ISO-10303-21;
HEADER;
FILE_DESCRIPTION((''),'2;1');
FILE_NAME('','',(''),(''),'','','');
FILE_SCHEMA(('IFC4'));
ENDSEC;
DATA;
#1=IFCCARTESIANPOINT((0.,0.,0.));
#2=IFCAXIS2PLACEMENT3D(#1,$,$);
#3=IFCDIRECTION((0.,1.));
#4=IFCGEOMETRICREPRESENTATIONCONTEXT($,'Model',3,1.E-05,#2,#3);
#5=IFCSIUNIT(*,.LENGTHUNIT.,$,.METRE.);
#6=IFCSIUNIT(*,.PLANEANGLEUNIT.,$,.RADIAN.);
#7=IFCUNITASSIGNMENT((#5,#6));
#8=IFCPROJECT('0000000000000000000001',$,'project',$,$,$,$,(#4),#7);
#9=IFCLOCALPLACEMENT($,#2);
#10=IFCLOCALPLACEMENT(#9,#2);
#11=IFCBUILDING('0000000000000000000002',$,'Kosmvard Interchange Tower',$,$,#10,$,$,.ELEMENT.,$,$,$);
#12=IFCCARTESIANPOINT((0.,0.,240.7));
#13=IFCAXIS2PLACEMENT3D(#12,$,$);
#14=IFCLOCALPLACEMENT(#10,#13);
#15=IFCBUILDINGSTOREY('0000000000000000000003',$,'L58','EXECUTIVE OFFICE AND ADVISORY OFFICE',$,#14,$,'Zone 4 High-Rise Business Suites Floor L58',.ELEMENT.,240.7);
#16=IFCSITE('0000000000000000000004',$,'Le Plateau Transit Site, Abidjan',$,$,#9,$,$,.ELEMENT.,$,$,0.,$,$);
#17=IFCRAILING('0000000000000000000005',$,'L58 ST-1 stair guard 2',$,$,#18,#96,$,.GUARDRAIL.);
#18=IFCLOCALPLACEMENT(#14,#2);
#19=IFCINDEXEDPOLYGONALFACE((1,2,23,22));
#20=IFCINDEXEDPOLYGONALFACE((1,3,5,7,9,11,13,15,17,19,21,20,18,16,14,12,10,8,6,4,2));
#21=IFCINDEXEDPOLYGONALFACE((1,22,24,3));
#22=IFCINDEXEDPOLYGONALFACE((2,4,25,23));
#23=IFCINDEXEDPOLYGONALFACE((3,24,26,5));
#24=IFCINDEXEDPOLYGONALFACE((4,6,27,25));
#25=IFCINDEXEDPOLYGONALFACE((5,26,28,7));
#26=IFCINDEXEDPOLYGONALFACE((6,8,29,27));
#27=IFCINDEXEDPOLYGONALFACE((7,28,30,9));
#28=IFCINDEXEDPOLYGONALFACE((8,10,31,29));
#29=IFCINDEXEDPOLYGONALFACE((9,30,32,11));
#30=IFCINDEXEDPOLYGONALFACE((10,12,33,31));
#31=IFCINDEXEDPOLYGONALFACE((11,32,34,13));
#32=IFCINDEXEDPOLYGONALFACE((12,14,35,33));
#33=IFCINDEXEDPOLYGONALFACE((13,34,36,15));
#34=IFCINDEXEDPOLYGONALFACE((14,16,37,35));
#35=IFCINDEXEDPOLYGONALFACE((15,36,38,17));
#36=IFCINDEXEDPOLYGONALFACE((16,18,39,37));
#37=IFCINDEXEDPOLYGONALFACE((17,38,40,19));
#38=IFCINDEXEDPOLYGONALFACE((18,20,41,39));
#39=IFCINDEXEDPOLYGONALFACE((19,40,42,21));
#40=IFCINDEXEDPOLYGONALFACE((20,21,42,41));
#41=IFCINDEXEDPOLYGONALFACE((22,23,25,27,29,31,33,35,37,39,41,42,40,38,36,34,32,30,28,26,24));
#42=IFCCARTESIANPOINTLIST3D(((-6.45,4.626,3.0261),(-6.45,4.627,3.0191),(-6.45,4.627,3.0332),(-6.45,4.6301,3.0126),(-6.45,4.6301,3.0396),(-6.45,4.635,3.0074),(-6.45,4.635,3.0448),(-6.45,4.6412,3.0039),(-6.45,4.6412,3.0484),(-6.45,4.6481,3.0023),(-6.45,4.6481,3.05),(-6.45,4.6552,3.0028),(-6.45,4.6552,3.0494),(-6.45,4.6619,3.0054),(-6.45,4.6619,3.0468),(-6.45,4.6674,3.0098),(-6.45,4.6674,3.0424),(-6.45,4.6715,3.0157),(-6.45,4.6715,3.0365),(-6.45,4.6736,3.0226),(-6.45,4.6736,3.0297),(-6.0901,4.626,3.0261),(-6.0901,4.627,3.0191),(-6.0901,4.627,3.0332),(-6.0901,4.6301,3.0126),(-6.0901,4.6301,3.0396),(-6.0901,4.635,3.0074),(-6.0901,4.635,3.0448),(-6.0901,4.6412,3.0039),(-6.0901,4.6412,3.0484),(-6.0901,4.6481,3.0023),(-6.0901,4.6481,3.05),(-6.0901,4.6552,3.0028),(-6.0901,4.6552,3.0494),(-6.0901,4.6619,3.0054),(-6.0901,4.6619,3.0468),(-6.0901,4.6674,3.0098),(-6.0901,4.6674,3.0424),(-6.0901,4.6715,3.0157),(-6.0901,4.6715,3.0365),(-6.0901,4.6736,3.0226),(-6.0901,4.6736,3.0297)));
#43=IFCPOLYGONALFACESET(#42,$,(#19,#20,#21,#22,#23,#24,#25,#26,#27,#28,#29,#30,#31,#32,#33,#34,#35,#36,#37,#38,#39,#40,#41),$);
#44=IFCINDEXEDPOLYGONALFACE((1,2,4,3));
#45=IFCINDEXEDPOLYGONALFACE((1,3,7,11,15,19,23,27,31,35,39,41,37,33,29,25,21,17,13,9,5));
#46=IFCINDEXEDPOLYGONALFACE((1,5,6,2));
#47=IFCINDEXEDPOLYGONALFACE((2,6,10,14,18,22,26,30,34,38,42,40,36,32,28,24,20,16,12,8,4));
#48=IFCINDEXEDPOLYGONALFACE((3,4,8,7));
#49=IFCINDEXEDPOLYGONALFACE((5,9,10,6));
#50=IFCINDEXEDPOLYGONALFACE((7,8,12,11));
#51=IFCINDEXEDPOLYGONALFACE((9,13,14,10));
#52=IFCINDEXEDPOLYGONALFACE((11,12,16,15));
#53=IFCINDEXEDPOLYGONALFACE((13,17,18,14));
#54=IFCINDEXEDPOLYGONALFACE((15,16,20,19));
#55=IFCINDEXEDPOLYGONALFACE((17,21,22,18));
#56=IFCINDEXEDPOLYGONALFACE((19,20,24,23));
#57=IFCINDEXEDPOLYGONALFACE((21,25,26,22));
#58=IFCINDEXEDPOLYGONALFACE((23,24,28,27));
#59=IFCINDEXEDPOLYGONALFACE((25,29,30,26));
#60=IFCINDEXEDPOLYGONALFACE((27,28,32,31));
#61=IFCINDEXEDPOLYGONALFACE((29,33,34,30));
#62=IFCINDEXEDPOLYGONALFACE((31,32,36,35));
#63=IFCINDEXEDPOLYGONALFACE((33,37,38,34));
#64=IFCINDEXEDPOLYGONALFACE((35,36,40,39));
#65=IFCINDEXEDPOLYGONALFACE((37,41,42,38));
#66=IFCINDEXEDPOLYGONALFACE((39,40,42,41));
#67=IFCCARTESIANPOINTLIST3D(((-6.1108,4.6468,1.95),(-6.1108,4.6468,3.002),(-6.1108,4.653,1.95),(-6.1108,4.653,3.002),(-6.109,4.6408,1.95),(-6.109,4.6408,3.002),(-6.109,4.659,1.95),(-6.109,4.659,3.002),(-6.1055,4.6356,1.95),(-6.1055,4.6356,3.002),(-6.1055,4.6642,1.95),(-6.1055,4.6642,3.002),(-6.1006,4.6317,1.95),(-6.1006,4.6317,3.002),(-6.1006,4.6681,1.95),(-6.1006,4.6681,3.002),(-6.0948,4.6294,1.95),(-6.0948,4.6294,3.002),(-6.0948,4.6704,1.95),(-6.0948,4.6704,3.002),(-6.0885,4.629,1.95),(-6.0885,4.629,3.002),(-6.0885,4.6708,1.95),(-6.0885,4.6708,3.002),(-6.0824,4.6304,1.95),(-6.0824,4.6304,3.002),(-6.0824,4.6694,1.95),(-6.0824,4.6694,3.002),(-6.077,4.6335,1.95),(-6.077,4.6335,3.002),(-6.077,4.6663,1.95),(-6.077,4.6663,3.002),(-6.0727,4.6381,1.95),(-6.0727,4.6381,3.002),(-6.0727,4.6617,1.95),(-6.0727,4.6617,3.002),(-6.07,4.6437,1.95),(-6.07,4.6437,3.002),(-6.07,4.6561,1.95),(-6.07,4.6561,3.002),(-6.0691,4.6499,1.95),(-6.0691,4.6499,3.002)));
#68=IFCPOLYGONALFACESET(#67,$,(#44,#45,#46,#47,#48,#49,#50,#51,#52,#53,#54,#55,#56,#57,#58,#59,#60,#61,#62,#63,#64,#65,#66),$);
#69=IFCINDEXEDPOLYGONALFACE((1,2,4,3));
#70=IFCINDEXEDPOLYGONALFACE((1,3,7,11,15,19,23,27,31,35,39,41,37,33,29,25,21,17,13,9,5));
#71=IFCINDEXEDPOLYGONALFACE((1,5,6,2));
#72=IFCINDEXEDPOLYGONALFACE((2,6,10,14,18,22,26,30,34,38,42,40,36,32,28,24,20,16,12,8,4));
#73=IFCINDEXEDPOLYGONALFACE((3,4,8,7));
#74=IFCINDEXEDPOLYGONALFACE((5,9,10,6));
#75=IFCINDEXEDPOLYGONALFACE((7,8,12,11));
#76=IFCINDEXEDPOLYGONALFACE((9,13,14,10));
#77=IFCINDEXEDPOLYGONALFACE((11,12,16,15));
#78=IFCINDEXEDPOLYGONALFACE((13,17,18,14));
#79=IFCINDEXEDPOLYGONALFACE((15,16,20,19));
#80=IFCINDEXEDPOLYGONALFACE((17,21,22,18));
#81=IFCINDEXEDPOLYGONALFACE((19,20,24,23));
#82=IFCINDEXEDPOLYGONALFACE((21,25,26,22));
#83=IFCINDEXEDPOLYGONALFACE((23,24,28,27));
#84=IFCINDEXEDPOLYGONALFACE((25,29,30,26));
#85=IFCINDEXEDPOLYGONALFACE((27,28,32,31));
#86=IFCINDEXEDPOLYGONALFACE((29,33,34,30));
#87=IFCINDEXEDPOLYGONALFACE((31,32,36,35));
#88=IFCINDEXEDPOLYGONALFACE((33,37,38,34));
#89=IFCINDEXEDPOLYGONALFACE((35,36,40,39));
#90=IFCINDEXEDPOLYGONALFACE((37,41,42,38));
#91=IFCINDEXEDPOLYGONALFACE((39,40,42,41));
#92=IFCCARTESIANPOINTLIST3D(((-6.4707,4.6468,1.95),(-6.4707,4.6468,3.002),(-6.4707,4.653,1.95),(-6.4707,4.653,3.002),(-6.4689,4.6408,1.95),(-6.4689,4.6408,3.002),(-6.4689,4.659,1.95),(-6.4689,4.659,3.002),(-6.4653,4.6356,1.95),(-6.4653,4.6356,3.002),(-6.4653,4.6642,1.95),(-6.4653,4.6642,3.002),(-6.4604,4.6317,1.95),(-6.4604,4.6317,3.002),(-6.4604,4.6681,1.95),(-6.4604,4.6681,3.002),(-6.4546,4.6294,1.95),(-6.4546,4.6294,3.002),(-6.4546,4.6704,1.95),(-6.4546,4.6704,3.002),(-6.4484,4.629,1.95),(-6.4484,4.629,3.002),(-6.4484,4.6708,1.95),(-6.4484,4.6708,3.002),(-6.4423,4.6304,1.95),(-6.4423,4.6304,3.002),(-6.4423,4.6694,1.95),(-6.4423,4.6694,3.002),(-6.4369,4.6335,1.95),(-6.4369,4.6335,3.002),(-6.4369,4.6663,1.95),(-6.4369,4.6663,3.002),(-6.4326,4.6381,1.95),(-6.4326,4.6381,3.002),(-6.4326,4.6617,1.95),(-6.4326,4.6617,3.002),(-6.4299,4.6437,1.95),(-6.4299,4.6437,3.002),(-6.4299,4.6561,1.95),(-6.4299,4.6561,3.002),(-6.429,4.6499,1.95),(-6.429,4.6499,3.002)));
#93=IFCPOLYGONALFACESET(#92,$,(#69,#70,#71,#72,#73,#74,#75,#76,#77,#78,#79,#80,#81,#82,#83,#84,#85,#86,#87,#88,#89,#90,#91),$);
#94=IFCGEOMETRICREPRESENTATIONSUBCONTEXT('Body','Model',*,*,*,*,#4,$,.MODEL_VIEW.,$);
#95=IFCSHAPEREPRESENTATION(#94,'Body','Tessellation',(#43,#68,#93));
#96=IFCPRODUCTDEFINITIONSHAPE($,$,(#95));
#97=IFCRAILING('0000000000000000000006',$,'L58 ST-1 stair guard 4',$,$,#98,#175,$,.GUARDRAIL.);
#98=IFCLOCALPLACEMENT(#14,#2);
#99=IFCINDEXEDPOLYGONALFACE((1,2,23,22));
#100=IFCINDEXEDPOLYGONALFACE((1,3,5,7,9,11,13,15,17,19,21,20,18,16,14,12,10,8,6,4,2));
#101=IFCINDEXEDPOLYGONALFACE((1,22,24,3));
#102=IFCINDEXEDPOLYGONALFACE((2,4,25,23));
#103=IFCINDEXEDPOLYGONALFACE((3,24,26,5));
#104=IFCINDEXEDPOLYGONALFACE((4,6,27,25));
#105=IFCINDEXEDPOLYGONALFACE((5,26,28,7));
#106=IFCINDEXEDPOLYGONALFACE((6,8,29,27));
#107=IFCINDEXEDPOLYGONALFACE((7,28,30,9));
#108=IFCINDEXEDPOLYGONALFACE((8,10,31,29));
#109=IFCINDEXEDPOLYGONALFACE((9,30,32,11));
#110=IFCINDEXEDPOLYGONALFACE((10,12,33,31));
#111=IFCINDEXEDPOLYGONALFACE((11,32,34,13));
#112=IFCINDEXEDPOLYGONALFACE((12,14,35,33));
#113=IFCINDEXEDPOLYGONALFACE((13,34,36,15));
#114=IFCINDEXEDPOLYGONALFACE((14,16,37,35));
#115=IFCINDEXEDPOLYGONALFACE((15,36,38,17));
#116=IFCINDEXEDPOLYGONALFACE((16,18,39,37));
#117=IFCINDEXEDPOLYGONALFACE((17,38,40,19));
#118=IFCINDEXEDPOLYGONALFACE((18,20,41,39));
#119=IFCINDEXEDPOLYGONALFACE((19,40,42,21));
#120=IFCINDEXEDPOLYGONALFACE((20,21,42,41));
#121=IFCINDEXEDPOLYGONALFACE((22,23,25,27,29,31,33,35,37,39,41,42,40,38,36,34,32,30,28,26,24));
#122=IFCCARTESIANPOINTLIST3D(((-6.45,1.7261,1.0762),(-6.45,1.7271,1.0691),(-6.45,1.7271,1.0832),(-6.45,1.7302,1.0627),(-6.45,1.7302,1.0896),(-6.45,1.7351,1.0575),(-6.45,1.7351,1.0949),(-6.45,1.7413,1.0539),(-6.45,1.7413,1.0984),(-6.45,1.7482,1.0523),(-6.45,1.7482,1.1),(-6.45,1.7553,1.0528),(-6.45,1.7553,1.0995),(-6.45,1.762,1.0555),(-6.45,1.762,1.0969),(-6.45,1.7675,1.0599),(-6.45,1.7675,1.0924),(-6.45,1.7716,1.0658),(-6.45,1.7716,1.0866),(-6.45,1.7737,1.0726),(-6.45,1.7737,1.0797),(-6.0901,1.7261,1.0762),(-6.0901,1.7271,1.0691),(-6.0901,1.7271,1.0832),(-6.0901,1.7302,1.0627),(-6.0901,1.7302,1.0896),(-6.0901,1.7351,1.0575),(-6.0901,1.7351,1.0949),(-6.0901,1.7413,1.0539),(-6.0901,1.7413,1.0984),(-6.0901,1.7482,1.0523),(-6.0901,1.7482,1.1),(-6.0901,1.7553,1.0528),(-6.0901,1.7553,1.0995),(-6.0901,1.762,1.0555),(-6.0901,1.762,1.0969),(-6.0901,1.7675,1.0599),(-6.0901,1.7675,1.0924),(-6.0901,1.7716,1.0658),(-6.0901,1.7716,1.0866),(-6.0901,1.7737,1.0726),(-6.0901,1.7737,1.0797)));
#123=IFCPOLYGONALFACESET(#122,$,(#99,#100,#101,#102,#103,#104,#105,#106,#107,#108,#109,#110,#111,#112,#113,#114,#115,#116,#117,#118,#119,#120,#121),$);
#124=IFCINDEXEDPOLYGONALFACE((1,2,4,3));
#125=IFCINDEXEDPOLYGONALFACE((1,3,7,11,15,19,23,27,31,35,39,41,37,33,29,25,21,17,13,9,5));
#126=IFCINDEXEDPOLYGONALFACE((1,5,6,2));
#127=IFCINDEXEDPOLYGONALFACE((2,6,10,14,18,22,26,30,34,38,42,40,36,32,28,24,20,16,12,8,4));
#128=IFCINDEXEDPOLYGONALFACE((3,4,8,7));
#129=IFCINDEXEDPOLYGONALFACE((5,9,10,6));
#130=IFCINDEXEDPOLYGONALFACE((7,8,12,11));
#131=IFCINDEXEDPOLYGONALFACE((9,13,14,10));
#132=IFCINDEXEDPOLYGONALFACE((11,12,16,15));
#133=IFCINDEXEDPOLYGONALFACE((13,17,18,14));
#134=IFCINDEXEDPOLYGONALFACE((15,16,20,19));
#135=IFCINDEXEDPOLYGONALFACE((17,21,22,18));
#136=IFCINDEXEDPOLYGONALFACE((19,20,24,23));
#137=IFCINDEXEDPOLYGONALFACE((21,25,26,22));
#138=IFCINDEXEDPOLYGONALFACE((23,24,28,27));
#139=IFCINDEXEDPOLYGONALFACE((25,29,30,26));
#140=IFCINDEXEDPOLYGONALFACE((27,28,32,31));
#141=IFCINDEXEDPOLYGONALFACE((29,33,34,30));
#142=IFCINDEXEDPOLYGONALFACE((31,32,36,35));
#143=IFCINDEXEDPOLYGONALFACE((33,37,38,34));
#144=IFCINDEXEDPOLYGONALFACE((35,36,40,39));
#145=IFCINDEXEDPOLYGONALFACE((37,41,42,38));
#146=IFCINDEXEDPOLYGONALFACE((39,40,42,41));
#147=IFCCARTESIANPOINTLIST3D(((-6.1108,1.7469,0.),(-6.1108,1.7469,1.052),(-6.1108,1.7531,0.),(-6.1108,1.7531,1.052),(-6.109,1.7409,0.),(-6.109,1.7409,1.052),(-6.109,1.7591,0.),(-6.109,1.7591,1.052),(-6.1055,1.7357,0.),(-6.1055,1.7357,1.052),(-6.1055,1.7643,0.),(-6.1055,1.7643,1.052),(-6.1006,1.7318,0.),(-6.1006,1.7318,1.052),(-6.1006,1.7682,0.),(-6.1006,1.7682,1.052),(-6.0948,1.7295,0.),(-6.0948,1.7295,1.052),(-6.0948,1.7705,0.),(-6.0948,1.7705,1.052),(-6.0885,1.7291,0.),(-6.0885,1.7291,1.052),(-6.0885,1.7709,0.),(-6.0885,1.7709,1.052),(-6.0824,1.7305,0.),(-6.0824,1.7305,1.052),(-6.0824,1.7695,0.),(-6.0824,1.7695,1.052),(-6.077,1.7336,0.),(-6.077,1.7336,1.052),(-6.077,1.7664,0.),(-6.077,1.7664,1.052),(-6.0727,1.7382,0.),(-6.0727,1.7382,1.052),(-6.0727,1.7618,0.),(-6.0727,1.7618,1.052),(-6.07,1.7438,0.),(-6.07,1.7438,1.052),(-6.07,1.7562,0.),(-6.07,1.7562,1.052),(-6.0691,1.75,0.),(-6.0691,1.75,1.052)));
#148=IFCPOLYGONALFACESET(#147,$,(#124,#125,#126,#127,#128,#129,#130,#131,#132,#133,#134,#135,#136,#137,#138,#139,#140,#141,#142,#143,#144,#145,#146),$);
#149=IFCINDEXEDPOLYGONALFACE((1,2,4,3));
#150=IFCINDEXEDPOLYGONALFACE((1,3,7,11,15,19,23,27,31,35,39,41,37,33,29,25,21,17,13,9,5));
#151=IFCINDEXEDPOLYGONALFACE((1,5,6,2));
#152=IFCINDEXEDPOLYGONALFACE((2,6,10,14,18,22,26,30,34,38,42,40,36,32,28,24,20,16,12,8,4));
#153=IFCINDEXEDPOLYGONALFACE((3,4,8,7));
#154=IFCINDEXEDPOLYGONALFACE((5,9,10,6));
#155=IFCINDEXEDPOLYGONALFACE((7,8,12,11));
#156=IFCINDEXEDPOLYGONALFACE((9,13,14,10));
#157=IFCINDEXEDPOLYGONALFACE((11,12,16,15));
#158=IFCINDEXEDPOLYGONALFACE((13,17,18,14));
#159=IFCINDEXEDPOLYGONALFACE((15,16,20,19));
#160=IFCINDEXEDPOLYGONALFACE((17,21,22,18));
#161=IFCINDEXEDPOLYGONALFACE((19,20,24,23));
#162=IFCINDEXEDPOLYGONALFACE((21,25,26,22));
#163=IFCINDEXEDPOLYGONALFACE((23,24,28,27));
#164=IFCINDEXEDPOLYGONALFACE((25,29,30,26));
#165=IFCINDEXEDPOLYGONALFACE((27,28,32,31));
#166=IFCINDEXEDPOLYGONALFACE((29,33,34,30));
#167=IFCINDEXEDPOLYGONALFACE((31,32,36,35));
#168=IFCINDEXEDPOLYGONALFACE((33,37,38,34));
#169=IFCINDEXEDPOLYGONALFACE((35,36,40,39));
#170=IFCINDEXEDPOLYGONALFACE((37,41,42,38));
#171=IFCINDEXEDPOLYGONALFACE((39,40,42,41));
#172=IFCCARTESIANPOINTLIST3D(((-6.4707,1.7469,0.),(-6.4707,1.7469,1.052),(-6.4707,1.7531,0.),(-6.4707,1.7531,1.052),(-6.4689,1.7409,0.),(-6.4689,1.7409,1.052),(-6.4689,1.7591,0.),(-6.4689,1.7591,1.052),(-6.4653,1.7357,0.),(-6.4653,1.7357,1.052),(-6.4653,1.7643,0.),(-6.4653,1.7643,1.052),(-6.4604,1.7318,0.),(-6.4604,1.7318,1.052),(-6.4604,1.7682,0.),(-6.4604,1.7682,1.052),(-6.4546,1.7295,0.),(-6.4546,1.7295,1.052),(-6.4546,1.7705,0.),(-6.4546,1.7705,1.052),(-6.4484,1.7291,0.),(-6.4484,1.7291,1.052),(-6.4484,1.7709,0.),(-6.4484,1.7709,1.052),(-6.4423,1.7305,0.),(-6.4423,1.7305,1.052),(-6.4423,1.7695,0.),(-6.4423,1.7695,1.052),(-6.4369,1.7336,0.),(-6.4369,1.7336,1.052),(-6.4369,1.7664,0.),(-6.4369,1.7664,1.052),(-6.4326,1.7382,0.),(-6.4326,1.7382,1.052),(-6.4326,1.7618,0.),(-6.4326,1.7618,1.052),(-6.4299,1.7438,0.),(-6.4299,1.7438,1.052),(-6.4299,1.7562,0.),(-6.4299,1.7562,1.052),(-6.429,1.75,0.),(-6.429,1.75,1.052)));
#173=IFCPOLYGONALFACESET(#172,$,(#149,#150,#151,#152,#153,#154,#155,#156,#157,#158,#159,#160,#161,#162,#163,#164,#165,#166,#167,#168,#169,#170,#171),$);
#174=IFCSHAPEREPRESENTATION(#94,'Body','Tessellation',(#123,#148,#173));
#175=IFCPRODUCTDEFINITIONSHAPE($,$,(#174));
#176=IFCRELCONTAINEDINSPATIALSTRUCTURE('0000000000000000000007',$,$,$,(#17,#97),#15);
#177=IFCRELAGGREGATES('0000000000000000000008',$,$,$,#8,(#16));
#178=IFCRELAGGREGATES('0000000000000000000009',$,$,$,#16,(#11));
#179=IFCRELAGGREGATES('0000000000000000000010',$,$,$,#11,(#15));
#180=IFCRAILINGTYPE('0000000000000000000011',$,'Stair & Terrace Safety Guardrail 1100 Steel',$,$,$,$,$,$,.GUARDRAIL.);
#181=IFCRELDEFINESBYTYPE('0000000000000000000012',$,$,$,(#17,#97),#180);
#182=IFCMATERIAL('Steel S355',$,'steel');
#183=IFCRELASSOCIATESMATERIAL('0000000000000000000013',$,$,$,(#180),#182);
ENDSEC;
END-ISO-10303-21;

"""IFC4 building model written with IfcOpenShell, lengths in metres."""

from ifc_helpers import new_model, si_unit, direction, frame, origin, origin_2d, place, context, subcontext, project, spatial, circle, extrude, source, transform, mapped, material, type_object, element, save


model = new_model("IFC4")

# Units and contexts
model_context = context("Model", 3, precision=1e-05, world=origin(), true_north=direction((0.0, 1.0)))
body_context = subcontext(model_context, "Body", "Model", "MODEL_VIEW")
ifc_project = project(units=[si_unit("LENGTHUNIT", "METRE"), si_unit("PLANEANGLEUNIT", "RADIAN")], contexts=[model_context])

# Site, building, storey
site_placement = place(None, origin())
site = spatial("IfcSite", under=ifc_project, at=site_placement, Name="Le Plateau Transit Site, Abidjan", CompositionType="ELEMENT", RefElevation=0.0)
building_placement = place(site_placement, origin())
building = spatial("IfcBuilding", under=site, at=building_placement, Name="Kosmvard Interchange Tower", CompositionType="ELEMENT")
storey_placement = place(building_placement, frame((0.0, 0.0, 240.7)))
storey = spatial("IfcBuildingStorey", under=building, at=storey_placement, Name="L58", Description="EXECUTIVE OFFICE AND ADVISORY OFFICE", LongName="Zone 4 High-Rise Business Suites Floor L58", CompositionType="ELEMENT", Elevation=240.7)

# Shared definitions
ifc_material_1 = material(Name="Steel S355", Category="steel")

# Railings
railing_type_1 = type_object("IfcRailingType", Name="Stair & Terrace Safety Guardrail 1100 Steel", PredefinedType="GUARDRAIL", material=ifc_material_1)
shared_shape_1 = source(origin(), body_context, "Body", "SweptSolid", [
    extrude(circle(Radius=0.0239, at=origin_2d()), frame((0.0, 0.0, 1.0762), z_axis=(-1.0, 0.0, 0.0), x_axis=(0.0, -1.0, 0.0)), (0.0, 0.0, 1.0), 0.3599),
    extrude(circle(Radius=0.021, at=origin_2d()), origin(), (0.0, 0.0, 1.0), 1.052),
    extrude(circle(Radius=0.021, at=origin_2d()), frame((-0.3599, 0.0, 0.0)), (0.0, 0.0, 1.0), 1.052),
])
for number, where, name in (
    (1, (-6.0901, 4.6499, 1.95), "L58 ST-1 stair guard 2"),
    (2, (-6.0901, 1.75, 0.0), "L58 ST-1 stair guard 4"),
):
    element("IfcRailing", number, at=place(storey_placement, frame(where)), inside=storey, type_object=railing_type_1, Name=name, PredefinedType="GUARDRAIL", context=body_context, shape_type="MappedRepresentation", body=[
        mapped(shared_shape_1, transform((0.0, 0.0, 0.0), scale=1.0)),
    ])

save(model, "model.ifc")
